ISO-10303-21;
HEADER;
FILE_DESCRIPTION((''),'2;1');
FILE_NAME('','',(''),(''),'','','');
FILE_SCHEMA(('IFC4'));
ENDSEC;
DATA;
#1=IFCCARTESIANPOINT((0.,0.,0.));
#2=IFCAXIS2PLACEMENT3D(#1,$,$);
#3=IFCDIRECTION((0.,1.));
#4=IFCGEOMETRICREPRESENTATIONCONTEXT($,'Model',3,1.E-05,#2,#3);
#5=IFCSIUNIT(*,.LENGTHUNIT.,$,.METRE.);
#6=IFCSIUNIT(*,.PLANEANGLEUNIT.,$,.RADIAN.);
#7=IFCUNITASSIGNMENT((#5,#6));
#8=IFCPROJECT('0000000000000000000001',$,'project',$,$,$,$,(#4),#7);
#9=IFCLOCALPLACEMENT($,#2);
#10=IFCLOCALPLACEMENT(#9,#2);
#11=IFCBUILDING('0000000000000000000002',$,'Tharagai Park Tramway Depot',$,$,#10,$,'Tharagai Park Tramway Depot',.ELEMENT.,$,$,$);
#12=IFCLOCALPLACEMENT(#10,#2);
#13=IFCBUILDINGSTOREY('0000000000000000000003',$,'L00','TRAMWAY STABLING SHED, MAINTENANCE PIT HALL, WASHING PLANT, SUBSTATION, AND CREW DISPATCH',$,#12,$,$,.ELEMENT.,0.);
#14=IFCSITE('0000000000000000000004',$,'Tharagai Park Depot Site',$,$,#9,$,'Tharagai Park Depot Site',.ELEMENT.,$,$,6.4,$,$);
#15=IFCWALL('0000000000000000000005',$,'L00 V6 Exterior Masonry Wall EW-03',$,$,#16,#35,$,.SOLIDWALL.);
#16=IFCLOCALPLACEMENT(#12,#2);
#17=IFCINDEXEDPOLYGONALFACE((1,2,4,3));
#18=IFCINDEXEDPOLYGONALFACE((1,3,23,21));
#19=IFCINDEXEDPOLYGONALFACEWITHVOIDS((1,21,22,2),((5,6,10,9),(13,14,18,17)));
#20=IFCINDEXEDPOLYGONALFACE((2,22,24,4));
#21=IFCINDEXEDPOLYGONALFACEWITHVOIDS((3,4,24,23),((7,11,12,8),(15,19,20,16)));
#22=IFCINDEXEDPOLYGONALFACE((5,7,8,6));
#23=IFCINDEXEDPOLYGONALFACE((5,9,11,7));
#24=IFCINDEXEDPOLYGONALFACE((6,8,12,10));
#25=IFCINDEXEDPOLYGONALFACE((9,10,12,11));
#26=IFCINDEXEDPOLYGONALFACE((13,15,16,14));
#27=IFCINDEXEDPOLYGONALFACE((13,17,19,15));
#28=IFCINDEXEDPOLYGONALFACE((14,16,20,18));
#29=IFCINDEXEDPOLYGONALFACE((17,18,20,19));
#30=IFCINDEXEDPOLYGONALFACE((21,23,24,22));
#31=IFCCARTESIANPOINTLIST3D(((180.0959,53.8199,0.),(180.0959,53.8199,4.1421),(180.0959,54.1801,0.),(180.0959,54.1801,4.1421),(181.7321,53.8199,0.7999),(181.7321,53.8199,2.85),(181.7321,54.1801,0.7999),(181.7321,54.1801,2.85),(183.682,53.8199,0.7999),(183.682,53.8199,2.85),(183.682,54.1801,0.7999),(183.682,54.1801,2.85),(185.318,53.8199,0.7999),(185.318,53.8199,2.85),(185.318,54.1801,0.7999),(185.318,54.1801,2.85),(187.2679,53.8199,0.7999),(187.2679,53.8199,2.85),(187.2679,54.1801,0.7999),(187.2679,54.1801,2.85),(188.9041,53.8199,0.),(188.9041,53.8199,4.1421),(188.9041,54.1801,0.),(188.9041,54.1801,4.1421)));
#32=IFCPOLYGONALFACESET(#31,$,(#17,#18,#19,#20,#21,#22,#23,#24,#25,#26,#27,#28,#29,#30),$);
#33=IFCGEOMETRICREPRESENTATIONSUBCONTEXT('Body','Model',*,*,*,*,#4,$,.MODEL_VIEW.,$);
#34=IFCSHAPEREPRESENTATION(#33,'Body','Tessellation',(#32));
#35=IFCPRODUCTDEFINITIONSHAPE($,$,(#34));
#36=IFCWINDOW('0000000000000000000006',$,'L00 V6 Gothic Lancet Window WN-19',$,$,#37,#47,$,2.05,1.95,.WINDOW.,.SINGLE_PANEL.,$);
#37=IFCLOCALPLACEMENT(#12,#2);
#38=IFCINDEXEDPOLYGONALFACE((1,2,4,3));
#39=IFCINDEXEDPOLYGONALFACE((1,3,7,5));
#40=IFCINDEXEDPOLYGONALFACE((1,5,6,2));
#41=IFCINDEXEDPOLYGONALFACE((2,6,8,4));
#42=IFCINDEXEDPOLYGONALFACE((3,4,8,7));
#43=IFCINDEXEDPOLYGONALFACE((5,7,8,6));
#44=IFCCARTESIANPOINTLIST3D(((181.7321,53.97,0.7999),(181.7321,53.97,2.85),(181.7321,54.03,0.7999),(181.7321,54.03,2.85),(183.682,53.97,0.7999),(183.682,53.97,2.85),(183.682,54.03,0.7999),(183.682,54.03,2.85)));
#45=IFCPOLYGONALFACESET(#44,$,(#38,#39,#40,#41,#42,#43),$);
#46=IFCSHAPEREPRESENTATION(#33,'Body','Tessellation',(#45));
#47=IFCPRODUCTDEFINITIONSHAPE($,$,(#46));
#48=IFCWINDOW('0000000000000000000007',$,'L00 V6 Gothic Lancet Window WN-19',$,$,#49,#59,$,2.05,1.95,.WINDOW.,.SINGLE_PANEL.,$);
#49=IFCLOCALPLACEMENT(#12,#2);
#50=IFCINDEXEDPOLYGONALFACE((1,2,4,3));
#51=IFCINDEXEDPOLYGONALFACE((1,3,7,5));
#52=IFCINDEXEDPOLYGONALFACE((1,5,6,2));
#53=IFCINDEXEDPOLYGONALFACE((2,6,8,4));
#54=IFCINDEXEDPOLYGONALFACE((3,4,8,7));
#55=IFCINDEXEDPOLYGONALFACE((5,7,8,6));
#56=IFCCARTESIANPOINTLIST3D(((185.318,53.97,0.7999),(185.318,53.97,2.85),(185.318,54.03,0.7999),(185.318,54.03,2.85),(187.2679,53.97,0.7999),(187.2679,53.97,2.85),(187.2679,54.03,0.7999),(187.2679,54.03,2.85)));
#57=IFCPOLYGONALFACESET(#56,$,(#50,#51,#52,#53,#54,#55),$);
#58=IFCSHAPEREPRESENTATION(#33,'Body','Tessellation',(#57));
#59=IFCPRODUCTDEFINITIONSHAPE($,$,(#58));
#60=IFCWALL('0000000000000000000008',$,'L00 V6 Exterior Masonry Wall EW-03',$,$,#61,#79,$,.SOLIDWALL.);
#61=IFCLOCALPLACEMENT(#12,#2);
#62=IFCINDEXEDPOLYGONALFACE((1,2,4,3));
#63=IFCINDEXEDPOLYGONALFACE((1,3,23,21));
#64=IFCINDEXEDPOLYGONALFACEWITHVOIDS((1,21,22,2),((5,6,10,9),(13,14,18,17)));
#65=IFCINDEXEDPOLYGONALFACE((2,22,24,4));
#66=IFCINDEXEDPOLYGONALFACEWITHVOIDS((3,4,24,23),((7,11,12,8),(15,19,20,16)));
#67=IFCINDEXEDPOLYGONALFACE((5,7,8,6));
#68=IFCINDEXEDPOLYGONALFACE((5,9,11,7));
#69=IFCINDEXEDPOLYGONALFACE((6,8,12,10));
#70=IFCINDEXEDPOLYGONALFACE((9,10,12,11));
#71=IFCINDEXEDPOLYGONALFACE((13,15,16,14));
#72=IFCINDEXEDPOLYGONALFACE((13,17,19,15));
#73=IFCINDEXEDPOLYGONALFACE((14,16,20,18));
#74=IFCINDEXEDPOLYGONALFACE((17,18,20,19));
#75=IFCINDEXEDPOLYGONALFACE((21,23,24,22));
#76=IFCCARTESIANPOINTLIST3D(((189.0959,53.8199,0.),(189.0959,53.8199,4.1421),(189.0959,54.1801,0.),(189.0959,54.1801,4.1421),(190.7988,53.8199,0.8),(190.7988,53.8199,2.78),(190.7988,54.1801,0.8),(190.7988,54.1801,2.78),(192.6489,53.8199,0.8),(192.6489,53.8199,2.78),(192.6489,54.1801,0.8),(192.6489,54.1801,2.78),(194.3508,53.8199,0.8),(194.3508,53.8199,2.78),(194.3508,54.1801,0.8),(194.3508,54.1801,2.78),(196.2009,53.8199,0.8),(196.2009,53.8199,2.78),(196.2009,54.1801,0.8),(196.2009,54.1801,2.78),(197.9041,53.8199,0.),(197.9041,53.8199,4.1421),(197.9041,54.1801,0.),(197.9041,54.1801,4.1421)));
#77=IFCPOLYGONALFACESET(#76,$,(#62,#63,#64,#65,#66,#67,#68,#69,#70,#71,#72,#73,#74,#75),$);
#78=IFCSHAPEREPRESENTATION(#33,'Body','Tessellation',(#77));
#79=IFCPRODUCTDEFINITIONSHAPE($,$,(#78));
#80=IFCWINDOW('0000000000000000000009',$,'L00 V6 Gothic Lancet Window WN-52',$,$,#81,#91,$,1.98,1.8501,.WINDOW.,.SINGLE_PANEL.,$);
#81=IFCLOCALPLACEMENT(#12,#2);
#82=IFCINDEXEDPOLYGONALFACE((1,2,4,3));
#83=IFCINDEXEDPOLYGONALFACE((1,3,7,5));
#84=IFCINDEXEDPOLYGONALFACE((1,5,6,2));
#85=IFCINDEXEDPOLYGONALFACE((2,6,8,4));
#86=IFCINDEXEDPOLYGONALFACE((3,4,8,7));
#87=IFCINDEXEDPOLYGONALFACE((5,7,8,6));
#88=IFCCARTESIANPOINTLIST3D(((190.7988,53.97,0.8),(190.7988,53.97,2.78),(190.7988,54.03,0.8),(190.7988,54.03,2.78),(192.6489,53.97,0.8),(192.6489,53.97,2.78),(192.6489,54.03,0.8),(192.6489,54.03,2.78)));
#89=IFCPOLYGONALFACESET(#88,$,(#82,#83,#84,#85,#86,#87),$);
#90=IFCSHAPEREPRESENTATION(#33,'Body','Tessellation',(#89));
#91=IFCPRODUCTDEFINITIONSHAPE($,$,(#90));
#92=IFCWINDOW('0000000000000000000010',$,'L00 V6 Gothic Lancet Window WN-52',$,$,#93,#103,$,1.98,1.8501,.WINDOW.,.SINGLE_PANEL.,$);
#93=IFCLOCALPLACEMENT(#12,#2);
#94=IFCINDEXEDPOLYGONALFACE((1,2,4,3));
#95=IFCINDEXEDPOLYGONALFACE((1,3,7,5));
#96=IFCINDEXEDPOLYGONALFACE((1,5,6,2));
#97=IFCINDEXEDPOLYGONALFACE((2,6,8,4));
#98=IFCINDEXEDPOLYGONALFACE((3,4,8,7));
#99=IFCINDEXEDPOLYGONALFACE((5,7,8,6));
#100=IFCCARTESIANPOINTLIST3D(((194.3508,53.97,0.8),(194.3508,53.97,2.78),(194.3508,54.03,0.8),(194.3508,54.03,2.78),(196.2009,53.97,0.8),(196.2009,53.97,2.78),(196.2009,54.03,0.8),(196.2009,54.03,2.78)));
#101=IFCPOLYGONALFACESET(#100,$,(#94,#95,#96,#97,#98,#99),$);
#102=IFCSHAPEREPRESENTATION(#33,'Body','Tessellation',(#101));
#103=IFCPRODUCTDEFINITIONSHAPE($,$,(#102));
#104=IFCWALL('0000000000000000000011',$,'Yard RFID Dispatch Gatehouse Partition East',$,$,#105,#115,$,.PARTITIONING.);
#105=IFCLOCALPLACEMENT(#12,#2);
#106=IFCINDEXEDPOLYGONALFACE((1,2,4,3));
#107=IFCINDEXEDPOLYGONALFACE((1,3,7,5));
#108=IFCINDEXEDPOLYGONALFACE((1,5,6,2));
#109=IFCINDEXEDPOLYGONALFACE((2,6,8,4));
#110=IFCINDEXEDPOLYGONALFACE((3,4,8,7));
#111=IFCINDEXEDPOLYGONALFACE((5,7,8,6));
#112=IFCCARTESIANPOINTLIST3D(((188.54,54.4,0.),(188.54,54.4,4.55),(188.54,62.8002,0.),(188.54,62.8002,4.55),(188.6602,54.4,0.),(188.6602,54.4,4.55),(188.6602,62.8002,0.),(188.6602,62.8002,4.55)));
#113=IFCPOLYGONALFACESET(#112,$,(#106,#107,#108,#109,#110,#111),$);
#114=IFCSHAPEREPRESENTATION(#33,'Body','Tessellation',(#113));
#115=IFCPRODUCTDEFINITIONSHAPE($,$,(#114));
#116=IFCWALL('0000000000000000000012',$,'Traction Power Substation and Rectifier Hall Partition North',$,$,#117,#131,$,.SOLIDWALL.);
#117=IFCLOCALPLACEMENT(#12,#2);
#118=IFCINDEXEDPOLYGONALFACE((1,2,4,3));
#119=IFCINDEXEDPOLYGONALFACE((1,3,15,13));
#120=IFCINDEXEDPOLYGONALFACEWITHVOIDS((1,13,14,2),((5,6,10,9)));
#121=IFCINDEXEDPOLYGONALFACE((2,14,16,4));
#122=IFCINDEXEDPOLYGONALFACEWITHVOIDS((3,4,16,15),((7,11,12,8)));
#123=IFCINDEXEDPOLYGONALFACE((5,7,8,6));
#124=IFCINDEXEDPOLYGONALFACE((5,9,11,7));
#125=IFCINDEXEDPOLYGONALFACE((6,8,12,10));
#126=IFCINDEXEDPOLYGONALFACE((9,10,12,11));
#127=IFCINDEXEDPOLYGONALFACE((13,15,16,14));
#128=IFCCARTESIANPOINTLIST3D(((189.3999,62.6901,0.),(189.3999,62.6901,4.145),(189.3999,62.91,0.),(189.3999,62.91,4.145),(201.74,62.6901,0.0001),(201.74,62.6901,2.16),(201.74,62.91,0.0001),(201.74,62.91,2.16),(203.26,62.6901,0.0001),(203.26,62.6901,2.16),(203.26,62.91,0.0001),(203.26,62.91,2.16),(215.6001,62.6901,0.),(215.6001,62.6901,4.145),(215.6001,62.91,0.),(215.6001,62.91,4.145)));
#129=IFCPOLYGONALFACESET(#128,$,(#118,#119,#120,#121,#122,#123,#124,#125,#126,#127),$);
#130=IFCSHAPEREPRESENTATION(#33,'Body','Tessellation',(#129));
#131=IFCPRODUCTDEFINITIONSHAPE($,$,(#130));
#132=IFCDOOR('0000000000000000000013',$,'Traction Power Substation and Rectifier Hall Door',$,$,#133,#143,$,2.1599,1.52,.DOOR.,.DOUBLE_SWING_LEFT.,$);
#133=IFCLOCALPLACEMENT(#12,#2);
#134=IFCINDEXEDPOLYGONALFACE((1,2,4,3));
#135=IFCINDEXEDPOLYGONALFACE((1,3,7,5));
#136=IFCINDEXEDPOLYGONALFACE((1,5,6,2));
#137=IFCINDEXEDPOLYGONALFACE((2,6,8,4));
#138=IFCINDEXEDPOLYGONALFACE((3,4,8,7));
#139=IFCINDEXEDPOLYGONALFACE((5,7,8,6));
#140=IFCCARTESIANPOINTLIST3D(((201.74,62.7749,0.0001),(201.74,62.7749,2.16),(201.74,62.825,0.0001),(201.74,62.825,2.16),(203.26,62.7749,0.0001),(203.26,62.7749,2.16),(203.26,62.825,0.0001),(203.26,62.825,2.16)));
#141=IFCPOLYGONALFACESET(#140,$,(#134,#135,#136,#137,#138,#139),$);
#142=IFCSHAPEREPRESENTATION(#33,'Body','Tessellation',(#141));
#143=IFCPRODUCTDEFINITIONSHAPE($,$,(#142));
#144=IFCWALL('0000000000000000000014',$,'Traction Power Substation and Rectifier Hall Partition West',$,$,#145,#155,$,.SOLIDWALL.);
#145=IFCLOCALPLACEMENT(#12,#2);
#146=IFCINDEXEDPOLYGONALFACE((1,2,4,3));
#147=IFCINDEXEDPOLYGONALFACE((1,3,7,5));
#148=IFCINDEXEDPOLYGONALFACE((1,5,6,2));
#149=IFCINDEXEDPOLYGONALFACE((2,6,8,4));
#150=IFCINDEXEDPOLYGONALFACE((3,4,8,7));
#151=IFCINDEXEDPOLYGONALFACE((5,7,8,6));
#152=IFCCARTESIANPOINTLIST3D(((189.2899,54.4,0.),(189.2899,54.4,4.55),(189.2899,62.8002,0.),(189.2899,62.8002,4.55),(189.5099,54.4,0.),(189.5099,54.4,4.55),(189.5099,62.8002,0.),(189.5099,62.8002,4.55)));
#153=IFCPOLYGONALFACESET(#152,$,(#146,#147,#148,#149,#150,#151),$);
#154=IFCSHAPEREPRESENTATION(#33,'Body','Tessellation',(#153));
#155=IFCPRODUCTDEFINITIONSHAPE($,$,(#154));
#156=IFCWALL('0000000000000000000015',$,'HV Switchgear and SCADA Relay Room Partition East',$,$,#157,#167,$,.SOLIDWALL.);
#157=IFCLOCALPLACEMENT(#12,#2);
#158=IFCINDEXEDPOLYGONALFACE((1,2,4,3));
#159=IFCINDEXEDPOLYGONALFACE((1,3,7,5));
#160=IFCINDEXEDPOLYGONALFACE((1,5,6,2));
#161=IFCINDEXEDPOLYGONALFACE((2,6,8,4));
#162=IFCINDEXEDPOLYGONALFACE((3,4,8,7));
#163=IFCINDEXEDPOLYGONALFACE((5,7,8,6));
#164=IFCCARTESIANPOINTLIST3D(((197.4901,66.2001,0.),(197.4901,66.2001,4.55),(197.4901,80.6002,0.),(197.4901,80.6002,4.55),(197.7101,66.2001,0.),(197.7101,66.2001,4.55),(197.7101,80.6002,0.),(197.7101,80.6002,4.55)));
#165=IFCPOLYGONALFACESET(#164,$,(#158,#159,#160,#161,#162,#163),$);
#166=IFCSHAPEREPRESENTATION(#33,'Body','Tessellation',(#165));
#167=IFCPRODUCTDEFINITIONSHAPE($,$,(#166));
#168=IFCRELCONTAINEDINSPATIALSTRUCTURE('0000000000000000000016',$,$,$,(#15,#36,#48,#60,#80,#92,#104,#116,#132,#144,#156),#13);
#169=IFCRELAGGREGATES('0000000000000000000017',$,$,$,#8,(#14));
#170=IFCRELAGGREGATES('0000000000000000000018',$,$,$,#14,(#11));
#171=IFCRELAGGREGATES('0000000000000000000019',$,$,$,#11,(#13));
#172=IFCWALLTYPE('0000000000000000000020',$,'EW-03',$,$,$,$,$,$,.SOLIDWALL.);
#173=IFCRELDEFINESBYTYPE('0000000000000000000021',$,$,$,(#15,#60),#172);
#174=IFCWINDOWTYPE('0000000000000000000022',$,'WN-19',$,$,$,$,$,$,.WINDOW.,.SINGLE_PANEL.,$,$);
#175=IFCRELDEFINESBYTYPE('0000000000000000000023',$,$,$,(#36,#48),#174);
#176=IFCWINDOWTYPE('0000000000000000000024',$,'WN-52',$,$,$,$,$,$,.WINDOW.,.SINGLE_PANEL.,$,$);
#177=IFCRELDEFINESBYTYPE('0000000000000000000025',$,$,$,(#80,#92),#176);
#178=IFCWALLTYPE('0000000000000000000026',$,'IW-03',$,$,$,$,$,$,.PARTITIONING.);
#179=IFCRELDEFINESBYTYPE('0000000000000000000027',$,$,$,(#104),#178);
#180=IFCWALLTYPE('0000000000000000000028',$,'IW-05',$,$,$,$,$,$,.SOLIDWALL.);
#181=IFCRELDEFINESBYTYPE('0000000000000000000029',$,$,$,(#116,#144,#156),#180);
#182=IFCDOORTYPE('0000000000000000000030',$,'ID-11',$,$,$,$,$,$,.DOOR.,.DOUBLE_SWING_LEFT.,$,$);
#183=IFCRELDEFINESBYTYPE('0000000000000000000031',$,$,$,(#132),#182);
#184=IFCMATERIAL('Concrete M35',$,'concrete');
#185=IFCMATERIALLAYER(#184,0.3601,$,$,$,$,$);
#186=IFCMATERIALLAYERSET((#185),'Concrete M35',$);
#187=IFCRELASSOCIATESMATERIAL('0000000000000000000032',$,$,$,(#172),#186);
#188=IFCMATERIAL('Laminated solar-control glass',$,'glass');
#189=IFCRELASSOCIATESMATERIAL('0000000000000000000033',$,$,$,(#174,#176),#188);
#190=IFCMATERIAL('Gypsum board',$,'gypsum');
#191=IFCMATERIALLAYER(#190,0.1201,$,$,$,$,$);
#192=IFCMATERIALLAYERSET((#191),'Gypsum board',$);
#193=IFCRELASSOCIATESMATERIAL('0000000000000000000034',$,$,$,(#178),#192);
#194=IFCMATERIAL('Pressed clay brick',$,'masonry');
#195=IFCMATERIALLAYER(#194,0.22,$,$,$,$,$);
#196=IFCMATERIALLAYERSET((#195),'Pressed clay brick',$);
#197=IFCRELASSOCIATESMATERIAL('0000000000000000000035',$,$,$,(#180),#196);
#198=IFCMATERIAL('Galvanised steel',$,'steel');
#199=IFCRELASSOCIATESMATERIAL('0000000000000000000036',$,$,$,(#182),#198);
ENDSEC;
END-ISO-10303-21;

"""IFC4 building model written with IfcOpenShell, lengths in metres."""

from ifc_helpers import new_model, si_unit, direction, frame, frame_2d, origin, place, context, subcontext, project, spatial, rectangle, extrude, material, layer, layer_set, type_object, element, fill, save


model = new_model("IFC4")

# Units and contexts
model_context = context("Model", 3, precision=1e-05, world=origin(), true_north=direction((0.0, 1.0)))
body_context = subcontext(model_context, "Body", "Model", "MODEL_VIEW")
ifc_project = project(units=[si_unit("LENGTHUNIT", "METRE"), si_unit("PLANEANGLEUNIT", "RADIAN")], contexts=[model_context])

# Site, building, storey
site_placement = place(None, origin())
site = spatial("IfcSite", under=ifc_project, at=site_placement, Name="Tharagai Park Depot Site", LongName="Tharagai Park Depot Site", CompositionType="ELEMENT", RefElevation=6.4)
building_placement = place(site_placement, origin())
building = spatial("IfcBuilding", under=site, at=building_placement, Name="Tharagai Park Tramway Depot", LongName="Tharagai Park Tramway Depot", CompositionType="ELEMENT")
storey_placement = place(building_placement, origin())
storey = spatial("IfcBuildingStorey", under=building, at=storey_placement, Name="L00", Description="TRAMWAY STABLING SHED, MAINTENANCE PIT HALL, WASHING PLANT, SUBSTATION, AND CREW DISPATCH", CompositionType="ELEMENT", Elevation=0.0)

# Walls, openings, windows
ifc_material_1 = material(Name="Concrete M35", Category="concrete")
ifc_layer_1 = layer(ifc_material_1, 0.3601)
ifc_layer_set_1 = layer_set([ifc_layer_1], Name="Concrete M35")
wall_type_1 = type_object("IfcWallType", Name="EW-03", PredefinedType="SOLIDWALL", material=ifc_layer_set_1)
wall_1_placement = place(storey_placement, frame((180.0959, 54.0, 0.0), z_axis=(0.0, 0.0, 1.0), x_axis=(1.0, 0.0, 0.0)))
wall_1 = element("IfcWall", 1, at=wall_1_placement, inside=storey, type_object=wall_type_1, Name="L00 V6 Exterior Masonry Wall EW-03", PredefinedType="SOLIDWALL", context=body_context, shape_type="SweptSolid", body=[
    extrude(rectangle(XDim=8.8081, YDim=0.3601, at=frame_2d((4.4041, 0.0))), origin(), (0.0, 0.0, 1.0), 4.1421),
])
opening_1_placement = place(wall_1_placement, frame((1.636, 0.0, 0.8)))
opening_1 = element("IfcOpeningElement", 2, at=opening_1_placement, cuts=wall_1, PredefinedType="OPENING", context=body_context, shape_type="SweptSolid", body=[
    extrude(rectangle(XDim=1.95, YDim=2.05, at=frame_2d((0.9751, 1.0249))), frame((0.0, 0.1899, 0.0), z_axis=(0.0, -1.0, 0.0), x_axis=(1.0, 0.0, 0.0)), (0.0, 0.0, 1.0), 0.3801),
])
opening_2_placement = place(wall_1_placement, frame((5.2219, 0.0, 0.8)))
opening_2 = element("IfcOpeningElement", 3, at=opening_2_placement, cuts=wall_1, PredefinedType="OPENING", context=body_context, shape_type="SweptSolid", body=[
    extrude(rectangle(XDim=1.95, YDim=2.05, at=frame_2d((0.9751, 1.0249))), frame((0.0, 0.1899, 0.0), z_axis=(0.0, -1.0, 0.0), x_axis=(1.0, 0.0, 0.0)), (0.0, 0.0, 1.0), 0.3801),
])
ifc_material_2 = material(Name="Laminated solar-control glass", Category="glass")
window_type_1 = type_object("IfcWindowType", Name="WN-19", PartitioningType="SINGLE_PANEL", PredefinedType="WINDOW", material=ifc_material_2)
window_1_placement = place(opening_1_placement, origin())
window_1 = element("IfcWindow", 4, at=window_1_placement, inside=storey, type_object=window_type_1, Name="L00 V6 Gothic Lancet Window WN-19", OverallHeight=2.05, OverallWidth=1.95, PartitioningType="SINGLE_PANEL", PredefinedType="WINDOW", context=body_context, shape_type="SweptSolid", body=[
    extrude(rectangle(XDim=1.95, YDim=2.05, at=frame_2d((0.9751, 1.0249))), frame((0.0, 0.03, 0.0), z_axis=(0.0, -1.0, 0.0), x_axis=(1.0, 0.0, 0.0)), (0.0, 0.0, 1.0), 0.0601),
])
fill(opening_1, window_1)
window_2_placement = place(opening_2_placement, origin())
window_2 = element("IfcWindow", 5, at=window_2_placement, inside=storey, type_object=window_type_1, Name="L00 V6 Gothic Lancet Window WN-19", OverallHeight=2.05, OverallWidth=1.95, PartitioningType="SINGLE_PANEL", PredefinedType="WINDOW", context=body_context, shape_type="SweptSolid", body=[
    extrude(rectangle(XDim=1.95, YDim=2.05, at=frame_2d((0.9751, 1.0249))), frame((0.0, 0.03, 0.0), z_axis=(0.0, -1.0, 0.0), x_axis=(1.0, 0.0, 0.0)), (0.0, 0.0, 1.0), 0.0601),
])
fill(opening_2, window_2)
wall_2_placement = place(storey_placement, frame((189.0959, 54.0, 0.0), z_axis=(0.0, 0.0, 1.0), x_axis=(1.0, 0.0, 0.0)))
wall_2 = element("IfcWall", 6, at=wall_2_placement, inside=storey, type_object=wall_type_1, Name="L00 V6 Exterior Masonry Wall EW-03", PredefinedType="SOLIDWALL", context=body_context, shape_type="SweptSolid", body=[
    extrude(rectangle(XDim=8.8081, YDim=0.3601, at=frame_2d((4.4041, 0.0))), origin(), (0.0, 0.0, 1.0), 4.1421),
])
opening_3_placement = place(wall_2_placement, frame((1.7029, 0.0, 0.8)))
opening_3 = element("IfcOpeningElement", 7, at=opening_3_placement, cuts=wall_2, PredefinedType="OPENING", context=body_context, shape_type="SweptSolid", body=[
    extrude(rectangle(XDim=1.8501, YDim=1.98, at=frame_2d((0.925, 0.99))), frame((0.0, 0.1899, 0.0), z_axis=(0.0, -1.0, 0.0), x_axis=(1.0, 0.0, 0.0)), (0.0, 0.0, 1.0), 0.3801),
])
opening_4_placement = place(wall_2_placement, frame((5.2549, 0.0, 0.8)))
opening_4 = element("IfcOpeningElement", 8, at=opening_4_placement, cuts=wall_2, PredefinedType="OPENING", context=body_context, shape_type="SweptSolid", body=[
    extrude(rectangle(XDim=1.8501, YDim=1.98, at=frame_2d((0.925, 0.99))), frame((0.0, 0.1899, 0.0), z_axis=(0.0, -1.0, 0.0), x_axis=(1.0, 0.0, 0.0)), (0.0, 0.0, 1.0), 0.3801),
])
window_type_2 = type_object("IfcWindowType", Name="WN-52", PartitioningType="SINGLE_PANEL", PredefinedType="WINDOW", material=ifc_material_2)
window_3_placement = place(opening_3_placement, origin())
window_3 = element("IfcWindow", 9, at=window_3_placement, inside=storey, type_object=window_type_2, Name="L00 V6 Gothic Lancet Window WN-52", OverallHeight=1.98, OverallWidth=1.8501, PartitioningType="SINGLE_PANEL", PredefinedType="WINDOW", context=body_context, shape_type="SweptSolid", body=[
    extrude(rectangle(XDim=1.8501, YDim=1.98, at=frame_2d((0.925, 0.99))), frame((0.0, 0.03, 0.0), z_axis=(0.0, -1.0, 0.0), x_axis=(1.0, 0.0, 0.0)), (0.0, 0.0, 1.0), 0.0601),
])
fill(opening_3, window_3)
window_4_placement = place(opening_4_placement, origin())
window_4 = element("IfcWindow", 10, at=window_4_placement, inside=storey, type_object=window_type_2, Name="L00 V6 Gothic Lancet Window WN-52", OverallHeight=1.98, OverallWidth=1.8501, PartitioningType="SINGLE_PANEL", PredefinedType="WINDOW", context=body_context, shape_type="SweptSolid", body=[
    extrude(rectangle(XDim=1.8501, YDim=1.98, at=frame_2d((0.925, 0.99))), frame((0.0, 0.03, 0.0), z_axis=(0.0, -1.0, 0.0), x_axis=(1.0, 0.0, 0.0)), (0.0, 0.0, 1.0), 0.0601),
])
fill(opening_4, window_4)

# Wall
ifc_material_3 = material(Name="Gypsum board", Category="gypsum")
ifc_layer_2 = layer(ifc_material_3, 0.1201)
ifc_layer_set_2 = layer_set([ifc_layer_2], Name="Gypsum board")
wall_type_2 = type_object("IfcWallType", Name="IW-03", PredefinedType="PARTITIONING", material=ifc_layer_set_2)
wall_3_placement = place(storey_placement, frame((188.6001, 54.3999, 0.0), z_axis=(0.0, 0.0, 1.0), x_axis=(0.0, 1.0, 0.0)))
element("IfcWall", 11, at=wall_3_placement, inside=storey, type_object=wall_type_2, Name="Yard RFID Dispatch Gatehouse Partition East", PredefinedType="PARTITIONING", context=body_context, shape_type="SweptSolid", body=[
    extrude(rectangle(XDim=8.4001, YDim=0.1201, at=frame_2d((4.2002, 0.0))), origin(), (0.0, 0.0, 1.0), 4.55),
])

# Wall, opening, door
ifc_material_4 = material(Name="Pressed clay brick", Category="masonry")
ifc_layer_3 = layer(ifc_material_4, 0.22)
ifc_layer_set_3 = layer_set([ifc_layer_3], Name="Pressed clay brick")
wall_type_3 = type_object("IfcWallType", Name="IW-05", PredefinedType="SOLIDWALL", material=ifc_layer_set_3)
wall_4_placement = place(storey_placement, frame((189.3999, 62.8, 0.0), z_axis=(0.0, 0.0, 1.0), x_axis=(1.0, 0.0, 0.0)))
wall_4 = element("IfcWall", 12, at=wall_4_placement, inside=storey, type_object=wall_type_3, Name="Traction Power Substation and Rectifier Hall Partition North", PredefinedType="SOLIDWALL", context=body_context, shape_type="SweptSolid", body=[
    extrude(rectangle(XDim=26.2002, YDim=0.22, at=frame_2d((13.1001, 0.0))), origin(), (0.0, 0.0, 1.0), 4.145),
])
opening_5_placement = place(wall_4_placement, frame((12.3401, 0.0, 0.0)))
opening_5 = element("IfcOpeningElement", 13, at=opening_5_placement, cuts=wall_4, PredefinedType="OPENING", context=body_context, shape_type="SweptSolid", body=[
    extrude(rectangle(XDim=1.52, YDim=2.1599, at=frame_2d((0.76, 1.0801))), frame((0.0, 0.1199, 0.0), z_axis=(0.0, -1.0, 0.0), x_axis=(1.0, 0.0, 0.0)), (0.0, 0.0, 1.0), 0.24),
])
ifc_material_5 = material(Name="Galvanised steel", Category="steel")
door_type = type_object("IfcDoorType", Name="ID-11", OperationType="DOUBLE_SWING_LEFT", PredefinedType="DOOR", material=ifc_material_5)
door_placement = place(opening_5_placement, origin())
door = element("IfcDoor", 14, at=door_placement, inside=storey, type_object=door_type, Name="Traction Power Substation and Rectifier Hall Door", OperationType="DOUBLE_SWING_LEFT", OverallHeight=2.1599, OverallWidth=1.52, PredefinedType="DOOR", context=body_context, shape_type="SweptSolid", body=[
    extrude(rectangle(XDim=1.52, YDim=2.1599, at=frame_2d((0.76, 1.0801))), frame((0.0, 0.0249, 0.0), z_axis=(0.0, -1.0, 0.0), x_axis=(1.0, 0.0, 0.0)), (0.0, 0.0, 1.0), 0.05),
])
fill(opening_5, door)

# Walls
wall_5_placement = place(storey_placement, frame((189.3999, 54.3999, 0.0), z_axis=(0.0, 0.0, 1.0), x_axis=(0.0, 1.0, 0.0)))
element("IfcWall", 15, at=wall_5_placement, inside=storey, type_object=wall_type_3, Name="Traction Power Substation and Rectifier Hall Partition West", PredefinedType="SOLIDWALL", context=body_context, shape_type="SweptSolid", body=[
    extrude(rectangle(XDim=8.4001, YDim=0.22, at=frame_2d((4.2002, 0.0))), origin(), (0.0, 0.0, 1.0), 4.55),
])
wall_6_placement = place(storey_placement, frame((197.6001, 66.2, 0.0), z_axis=(0.0, 0.0, 1.0), x_axis=(0.0, 1.0, 0.0)))
element("IfcWall", 16, at=wall_6_placement, inside=storey, type_object=wall_type_3, Name="HV Switchgear and SCADA Relay Room Partition East", PredefinedType="SOLIDWALL", context=body_context, shape_type="SweptSolid", body=[
    extrude(rectangle(XDim=14.4001, YDim=0.22, at=frame_2d((7.2002, 0.0))), origin(), (0.0, 0.0, 1.0), 4.55),
])

save(model, "model.ifc")
